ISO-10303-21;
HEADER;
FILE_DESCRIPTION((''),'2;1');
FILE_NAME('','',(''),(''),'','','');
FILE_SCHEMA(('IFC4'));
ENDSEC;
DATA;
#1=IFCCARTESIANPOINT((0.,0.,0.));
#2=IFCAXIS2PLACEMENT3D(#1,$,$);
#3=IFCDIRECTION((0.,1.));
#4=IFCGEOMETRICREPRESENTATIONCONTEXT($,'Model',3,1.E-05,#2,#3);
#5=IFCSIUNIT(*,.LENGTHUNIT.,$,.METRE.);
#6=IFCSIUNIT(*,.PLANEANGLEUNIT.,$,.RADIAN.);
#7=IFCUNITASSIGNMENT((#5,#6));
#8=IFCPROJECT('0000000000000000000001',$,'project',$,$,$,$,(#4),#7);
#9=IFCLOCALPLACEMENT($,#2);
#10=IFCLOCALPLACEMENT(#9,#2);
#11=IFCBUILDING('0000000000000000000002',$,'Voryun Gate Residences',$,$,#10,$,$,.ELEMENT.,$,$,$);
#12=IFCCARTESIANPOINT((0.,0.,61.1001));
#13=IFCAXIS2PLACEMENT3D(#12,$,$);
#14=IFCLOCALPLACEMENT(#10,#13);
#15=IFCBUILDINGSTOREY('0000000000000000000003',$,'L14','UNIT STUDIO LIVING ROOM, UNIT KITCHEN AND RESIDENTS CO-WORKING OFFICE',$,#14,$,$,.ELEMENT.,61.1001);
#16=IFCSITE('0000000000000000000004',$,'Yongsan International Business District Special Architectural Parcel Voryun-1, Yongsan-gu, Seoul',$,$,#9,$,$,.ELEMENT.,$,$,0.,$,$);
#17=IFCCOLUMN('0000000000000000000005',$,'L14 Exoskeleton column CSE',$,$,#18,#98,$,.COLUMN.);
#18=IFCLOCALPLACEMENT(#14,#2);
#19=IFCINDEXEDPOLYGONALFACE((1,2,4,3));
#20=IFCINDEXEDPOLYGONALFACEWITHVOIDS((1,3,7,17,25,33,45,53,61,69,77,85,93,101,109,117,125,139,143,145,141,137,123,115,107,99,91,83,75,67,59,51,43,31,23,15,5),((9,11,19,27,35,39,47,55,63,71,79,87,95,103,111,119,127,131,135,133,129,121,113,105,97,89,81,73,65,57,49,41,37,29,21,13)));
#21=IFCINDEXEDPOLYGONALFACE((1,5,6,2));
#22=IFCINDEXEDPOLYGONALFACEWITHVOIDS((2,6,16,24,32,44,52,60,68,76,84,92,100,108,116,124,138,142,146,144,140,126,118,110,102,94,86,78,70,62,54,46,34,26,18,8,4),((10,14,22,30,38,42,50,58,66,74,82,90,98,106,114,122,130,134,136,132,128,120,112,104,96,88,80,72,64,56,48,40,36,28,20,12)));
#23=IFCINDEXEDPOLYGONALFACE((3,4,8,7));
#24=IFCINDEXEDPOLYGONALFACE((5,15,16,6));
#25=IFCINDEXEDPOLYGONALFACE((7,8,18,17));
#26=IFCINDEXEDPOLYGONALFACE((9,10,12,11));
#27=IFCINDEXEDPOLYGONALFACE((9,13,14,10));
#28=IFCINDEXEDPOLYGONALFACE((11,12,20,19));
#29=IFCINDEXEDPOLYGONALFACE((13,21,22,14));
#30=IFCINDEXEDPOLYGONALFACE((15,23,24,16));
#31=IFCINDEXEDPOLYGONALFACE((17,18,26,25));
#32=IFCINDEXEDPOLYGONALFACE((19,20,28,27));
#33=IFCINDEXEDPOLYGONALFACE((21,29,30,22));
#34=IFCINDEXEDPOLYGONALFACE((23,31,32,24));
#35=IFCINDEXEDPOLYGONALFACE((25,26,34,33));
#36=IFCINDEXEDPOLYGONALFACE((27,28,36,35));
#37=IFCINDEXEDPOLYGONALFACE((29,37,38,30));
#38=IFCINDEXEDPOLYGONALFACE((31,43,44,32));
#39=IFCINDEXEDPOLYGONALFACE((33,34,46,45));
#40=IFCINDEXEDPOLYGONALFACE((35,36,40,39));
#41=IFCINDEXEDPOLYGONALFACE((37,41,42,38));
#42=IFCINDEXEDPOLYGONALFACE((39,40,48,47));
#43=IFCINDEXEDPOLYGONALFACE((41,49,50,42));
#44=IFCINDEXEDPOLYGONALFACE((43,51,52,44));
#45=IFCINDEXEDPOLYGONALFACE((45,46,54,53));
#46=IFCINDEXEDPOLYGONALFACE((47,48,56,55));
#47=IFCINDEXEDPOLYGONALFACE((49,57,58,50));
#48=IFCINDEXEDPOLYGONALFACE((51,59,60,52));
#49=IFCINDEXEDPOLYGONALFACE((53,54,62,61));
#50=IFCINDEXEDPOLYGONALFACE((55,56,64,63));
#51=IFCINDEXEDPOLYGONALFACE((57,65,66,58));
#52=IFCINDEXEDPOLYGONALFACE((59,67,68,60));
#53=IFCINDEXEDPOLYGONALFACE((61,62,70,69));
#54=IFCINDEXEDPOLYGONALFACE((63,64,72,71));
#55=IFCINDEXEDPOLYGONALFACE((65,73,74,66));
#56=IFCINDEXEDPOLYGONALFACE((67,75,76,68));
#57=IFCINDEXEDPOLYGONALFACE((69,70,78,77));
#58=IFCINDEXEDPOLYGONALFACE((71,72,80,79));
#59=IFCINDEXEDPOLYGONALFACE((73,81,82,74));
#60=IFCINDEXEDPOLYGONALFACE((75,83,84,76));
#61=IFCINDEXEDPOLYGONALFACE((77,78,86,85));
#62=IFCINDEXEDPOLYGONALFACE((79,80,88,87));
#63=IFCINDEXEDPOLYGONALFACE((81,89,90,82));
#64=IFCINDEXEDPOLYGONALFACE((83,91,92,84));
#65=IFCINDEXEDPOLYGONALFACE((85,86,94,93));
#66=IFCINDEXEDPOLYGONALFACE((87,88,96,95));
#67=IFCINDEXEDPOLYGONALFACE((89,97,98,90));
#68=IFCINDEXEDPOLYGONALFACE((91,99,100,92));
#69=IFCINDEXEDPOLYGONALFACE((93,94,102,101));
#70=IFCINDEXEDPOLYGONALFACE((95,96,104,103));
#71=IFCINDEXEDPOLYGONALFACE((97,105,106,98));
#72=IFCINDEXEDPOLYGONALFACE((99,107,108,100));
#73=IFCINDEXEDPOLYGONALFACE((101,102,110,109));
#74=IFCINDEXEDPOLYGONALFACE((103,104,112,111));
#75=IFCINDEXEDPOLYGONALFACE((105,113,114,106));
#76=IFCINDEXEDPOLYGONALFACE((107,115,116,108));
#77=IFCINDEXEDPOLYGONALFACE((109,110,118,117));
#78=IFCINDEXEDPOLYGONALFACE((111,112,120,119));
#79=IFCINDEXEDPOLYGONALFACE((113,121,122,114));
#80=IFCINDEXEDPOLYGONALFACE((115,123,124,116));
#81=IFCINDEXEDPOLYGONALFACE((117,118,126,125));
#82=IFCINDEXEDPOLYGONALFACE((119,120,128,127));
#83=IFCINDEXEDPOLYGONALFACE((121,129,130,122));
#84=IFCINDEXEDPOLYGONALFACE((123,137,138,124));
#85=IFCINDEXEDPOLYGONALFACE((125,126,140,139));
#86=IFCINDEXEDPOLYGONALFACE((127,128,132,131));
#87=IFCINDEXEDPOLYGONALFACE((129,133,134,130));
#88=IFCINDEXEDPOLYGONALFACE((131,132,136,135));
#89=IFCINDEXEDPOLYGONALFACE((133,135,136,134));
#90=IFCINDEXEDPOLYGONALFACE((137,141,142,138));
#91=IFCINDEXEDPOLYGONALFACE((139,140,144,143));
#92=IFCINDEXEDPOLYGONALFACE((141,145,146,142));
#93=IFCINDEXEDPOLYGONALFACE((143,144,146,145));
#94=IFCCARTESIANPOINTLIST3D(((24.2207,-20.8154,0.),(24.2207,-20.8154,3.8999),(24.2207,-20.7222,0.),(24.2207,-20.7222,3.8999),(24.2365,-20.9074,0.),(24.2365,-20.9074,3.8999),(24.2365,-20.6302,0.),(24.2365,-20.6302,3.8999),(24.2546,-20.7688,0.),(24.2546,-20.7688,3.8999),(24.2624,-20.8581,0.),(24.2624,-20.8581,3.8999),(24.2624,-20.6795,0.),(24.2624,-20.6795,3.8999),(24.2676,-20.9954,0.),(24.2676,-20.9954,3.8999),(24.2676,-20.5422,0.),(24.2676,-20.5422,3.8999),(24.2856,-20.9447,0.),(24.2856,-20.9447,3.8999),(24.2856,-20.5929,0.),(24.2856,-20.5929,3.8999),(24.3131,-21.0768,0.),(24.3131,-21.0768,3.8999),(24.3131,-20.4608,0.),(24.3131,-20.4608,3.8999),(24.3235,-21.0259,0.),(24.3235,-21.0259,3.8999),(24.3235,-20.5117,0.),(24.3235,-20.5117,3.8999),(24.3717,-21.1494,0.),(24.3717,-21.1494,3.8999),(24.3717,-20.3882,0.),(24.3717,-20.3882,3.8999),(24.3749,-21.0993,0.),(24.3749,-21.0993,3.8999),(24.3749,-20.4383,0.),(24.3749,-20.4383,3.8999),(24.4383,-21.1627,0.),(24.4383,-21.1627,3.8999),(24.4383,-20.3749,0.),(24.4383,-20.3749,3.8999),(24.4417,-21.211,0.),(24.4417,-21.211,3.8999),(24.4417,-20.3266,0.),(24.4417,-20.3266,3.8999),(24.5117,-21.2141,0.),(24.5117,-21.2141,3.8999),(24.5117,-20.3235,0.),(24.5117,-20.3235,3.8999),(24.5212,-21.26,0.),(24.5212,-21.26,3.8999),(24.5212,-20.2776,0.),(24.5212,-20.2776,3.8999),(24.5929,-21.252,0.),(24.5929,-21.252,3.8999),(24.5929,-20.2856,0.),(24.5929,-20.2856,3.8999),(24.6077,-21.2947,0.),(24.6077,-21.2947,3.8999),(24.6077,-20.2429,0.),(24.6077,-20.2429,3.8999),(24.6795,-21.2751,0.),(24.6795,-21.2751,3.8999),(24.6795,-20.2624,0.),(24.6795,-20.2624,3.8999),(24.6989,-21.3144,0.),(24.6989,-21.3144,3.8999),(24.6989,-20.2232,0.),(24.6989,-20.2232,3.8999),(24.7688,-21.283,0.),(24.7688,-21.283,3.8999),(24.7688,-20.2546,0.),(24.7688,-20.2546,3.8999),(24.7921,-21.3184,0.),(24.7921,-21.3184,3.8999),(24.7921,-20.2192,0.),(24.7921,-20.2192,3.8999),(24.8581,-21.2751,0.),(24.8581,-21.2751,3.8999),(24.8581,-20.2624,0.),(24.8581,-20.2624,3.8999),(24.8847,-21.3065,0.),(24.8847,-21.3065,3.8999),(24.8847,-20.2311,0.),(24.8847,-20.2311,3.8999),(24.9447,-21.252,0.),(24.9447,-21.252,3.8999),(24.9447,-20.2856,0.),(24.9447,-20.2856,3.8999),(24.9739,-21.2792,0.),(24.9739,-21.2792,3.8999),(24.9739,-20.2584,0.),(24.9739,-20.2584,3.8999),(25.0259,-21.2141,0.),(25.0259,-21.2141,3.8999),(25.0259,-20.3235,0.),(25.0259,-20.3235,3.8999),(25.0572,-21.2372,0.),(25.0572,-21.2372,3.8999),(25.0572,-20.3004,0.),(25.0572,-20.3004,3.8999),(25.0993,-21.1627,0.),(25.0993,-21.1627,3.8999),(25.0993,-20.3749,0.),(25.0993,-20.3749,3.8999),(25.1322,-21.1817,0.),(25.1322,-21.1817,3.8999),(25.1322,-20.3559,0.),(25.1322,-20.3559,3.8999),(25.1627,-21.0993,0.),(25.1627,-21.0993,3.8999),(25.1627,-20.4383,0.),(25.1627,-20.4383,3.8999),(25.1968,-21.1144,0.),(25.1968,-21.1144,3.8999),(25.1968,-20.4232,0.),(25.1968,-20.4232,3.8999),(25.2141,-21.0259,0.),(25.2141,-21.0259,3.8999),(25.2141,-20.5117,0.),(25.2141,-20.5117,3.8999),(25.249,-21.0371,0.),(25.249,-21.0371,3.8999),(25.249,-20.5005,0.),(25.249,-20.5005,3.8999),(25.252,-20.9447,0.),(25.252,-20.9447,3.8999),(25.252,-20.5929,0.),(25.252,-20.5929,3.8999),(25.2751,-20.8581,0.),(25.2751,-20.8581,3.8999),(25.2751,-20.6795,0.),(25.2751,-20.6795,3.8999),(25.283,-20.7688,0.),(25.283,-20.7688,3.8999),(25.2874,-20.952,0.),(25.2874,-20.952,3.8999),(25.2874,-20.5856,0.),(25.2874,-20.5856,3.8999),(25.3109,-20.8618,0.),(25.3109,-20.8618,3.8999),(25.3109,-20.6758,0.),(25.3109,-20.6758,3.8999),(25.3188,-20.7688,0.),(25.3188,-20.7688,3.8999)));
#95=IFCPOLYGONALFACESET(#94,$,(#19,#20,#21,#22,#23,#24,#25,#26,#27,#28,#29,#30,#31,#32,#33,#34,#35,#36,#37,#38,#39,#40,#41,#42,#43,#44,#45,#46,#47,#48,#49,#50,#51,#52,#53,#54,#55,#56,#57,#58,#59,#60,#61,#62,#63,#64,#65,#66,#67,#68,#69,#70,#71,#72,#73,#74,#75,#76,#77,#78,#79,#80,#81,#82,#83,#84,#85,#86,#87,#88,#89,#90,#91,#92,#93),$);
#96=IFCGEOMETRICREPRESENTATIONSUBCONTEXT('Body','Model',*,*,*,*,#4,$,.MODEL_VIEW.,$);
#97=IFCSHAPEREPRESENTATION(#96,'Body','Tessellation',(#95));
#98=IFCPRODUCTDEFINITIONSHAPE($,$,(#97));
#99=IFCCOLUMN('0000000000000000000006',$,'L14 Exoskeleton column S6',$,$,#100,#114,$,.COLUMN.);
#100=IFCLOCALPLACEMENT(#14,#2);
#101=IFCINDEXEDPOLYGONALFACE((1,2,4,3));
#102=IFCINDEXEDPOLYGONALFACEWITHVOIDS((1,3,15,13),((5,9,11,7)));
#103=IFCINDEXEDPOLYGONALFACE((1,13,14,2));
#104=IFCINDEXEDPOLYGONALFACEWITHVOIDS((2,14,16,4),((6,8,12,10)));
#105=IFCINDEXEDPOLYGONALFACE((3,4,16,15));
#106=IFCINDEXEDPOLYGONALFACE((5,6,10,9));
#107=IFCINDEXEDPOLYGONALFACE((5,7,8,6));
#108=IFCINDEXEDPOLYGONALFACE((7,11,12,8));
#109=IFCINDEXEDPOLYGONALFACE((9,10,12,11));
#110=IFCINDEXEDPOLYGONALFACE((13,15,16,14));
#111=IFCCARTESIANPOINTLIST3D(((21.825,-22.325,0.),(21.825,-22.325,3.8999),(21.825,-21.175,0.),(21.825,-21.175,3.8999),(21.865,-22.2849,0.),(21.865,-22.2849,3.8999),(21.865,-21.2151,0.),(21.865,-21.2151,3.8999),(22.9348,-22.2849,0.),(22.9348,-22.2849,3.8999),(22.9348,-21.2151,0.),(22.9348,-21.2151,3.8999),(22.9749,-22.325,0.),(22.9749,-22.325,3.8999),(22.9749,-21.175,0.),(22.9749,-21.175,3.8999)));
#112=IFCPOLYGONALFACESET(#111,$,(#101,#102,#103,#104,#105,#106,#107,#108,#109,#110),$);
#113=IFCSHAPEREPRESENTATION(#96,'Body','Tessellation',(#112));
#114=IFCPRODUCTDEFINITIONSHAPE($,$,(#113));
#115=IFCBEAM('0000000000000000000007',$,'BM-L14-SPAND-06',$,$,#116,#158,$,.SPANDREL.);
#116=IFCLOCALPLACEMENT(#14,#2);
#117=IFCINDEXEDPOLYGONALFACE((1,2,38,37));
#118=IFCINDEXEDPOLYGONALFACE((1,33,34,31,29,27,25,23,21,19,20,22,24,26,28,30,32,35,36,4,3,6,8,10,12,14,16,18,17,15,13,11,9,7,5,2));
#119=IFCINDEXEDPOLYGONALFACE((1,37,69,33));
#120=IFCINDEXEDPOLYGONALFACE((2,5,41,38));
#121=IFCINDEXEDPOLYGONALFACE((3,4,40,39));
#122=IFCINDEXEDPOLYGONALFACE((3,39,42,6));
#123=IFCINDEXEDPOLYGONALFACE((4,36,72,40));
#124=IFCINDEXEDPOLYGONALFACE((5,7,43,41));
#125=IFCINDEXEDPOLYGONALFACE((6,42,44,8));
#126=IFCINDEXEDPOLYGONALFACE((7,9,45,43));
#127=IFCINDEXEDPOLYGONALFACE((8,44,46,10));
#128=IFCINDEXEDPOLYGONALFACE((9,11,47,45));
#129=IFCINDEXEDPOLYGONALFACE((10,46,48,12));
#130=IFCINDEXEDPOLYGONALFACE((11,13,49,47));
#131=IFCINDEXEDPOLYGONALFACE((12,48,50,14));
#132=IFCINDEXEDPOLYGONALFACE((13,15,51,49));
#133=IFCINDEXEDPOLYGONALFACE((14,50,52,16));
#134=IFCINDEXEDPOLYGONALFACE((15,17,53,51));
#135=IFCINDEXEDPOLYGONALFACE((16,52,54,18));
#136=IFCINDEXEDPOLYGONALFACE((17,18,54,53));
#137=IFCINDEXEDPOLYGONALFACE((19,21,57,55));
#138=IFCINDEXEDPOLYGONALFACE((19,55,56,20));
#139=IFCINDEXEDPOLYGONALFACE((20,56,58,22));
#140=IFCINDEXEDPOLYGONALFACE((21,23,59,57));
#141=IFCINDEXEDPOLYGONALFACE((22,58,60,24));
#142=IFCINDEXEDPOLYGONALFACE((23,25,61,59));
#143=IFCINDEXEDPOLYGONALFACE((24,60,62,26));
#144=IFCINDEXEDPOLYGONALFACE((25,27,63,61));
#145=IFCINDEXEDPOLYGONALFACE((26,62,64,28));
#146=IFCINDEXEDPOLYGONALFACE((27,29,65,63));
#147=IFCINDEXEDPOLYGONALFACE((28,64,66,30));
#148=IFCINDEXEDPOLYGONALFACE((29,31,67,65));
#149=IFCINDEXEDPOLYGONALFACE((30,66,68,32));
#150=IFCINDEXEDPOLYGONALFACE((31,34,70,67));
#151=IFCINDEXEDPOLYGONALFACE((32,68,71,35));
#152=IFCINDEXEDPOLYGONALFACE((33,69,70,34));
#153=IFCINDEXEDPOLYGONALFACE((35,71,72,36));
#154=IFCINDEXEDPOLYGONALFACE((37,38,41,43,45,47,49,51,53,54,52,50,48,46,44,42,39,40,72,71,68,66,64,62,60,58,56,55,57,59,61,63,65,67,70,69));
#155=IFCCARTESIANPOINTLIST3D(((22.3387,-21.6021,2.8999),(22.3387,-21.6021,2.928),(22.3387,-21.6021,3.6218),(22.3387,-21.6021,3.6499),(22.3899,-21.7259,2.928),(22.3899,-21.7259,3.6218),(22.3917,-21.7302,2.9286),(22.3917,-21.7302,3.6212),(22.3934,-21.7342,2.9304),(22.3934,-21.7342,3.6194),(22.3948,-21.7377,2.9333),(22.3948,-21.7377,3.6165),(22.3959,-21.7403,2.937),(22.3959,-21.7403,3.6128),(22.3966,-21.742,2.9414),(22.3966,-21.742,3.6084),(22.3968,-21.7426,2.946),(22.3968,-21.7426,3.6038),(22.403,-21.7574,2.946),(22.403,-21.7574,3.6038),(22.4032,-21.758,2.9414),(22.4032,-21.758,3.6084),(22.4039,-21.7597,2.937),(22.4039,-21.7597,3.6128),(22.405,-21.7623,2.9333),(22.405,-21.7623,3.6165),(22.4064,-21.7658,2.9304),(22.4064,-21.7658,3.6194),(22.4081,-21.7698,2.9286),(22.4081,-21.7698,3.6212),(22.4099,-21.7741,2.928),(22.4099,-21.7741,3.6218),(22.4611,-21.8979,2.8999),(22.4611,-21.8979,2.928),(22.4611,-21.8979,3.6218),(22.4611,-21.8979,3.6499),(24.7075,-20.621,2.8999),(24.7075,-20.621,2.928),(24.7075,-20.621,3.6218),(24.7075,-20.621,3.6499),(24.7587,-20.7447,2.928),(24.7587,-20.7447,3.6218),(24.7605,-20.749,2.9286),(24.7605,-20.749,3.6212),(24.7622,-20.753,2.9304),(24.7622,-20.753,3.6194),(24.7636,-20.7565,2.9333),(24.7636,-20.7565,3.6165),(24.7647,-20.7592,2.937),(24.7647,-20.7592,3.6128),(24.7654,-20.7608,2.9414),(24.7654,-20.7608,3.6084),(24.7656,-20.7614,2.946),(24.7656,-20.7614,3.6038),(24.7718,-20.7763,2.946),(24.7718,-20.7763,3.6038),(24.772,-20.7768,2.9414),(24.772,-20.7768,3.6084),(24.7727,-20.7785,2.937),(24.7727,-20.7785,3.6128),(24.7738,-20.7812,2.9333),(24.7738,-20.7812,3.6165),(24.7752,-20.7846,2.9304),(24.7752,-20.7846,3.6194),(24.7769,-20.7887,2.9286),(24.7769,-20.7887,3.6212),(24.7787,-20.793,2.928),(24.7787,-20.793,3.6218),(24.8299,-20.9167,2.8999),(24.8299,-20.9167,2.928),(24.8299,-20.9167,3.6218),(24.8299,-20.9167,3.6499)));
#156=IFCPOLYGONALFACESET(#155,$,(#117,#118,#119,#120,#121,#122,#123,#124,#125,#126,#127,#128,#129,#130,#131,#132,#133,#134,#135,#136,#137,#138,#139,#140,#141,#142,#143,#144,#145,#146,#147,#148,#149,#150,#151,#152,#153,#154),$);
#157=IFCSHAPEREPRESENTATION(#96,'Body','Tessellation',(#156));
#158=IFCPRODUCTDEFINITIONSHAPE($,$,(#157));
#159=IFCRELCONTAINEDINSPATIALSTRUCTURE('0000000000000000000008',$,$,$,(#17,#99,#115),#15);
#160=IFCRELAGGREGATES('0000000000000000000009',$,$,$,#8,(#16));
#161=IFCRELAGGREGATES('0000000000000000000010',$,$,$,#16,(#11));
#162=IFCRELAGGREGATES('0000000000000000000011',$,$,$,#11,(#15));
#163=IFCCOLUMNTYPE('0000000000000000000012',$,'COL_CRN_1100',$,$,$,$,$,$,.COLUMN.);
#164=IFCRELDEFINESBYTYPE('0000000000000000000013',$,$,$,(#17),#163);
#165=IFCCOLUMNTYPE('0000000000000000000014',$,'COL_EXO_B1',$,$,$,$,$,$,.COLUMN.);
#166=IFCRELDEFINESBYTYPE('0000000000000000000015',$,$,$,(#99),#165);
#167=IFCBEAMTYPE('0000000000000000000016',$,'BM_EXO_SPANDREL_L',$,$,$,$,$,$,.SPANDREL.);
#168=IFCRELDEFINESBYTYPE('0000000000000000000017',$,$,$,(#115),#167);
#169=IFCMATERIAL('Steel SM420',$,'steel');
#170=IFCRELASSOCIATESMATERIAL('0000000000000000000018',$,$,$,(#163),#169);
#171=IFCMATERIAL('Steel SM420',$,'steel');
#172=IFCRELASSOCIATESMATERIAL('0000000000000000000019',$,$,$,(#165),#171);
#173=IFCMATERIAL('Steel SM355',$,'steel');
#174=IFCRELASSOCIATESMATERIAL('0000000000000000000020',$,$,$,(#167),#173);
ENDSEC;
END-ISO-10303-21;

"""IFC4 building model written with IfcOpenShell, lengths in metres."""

from ifc_helpers import new_model, si_unit, direction, frame, origin, origin_2d, place, context, subcontext, project, spatial, hollow_rectangle, hollow_circle, i_section, extrude, material, material_profile, profile_set, type_object, element, save


model = new_model("IFC4")

# Units and contexts
model_context = context("Model", 3, precision=1e-05, world=origin(), true_north=direction((0.0, 1.0)))
body_context = subcontext(model_context, "Body", "Model", "MODEL_VIEW")
ifc_project = project(units=[si_unit("LENGTHUNIT", "METRE"), si_unit("PLANEANGLEUNIT", "RADIAN")], contexts=[model_context])

# Site, building, storey
site_placement = place(None, origin())
site = spatial("IfcSite", under=ifc_project, at=site_placement, Name="Yongsan International Business District Special Architectural Parcel Voryun-1, Yongsan-gu, Seoul", CompositionType="ELEMENT", RefElevation=0.0)
building_placement = place(site_placement, origin())
building = spatial("IfcBuilding", under=site, at=building_placement, Name="Voryun Gate Residences", CompositionType="ELEMENT")
storey_placement = place(building_placement, frame((0.0, 0.0, 61.1001)))
storey = spatial("IfcBuildingStorey", under=building, at=storey_placement, Name="L14", Description="UNIT STUDIO LIVING ROOM, UNIT KITCHEN AND RESIDENTS CO-WORKING OFFICE", CompositionType="ELEMENT", Elevation=61.1001)

# Columns
ifc_material_1 = material(Name="Steel SM420", Category="steel")
ifc_material_profile_1 = material_profile(ifc_material_1, hollow_circle(Radius=0.55, WallThickness=0.0359, at=origin_2d()), Name="CHS-1100x36")
ifc_profile_set_1 = profile_set([ifc_material_profile_1], Name="Steel SM420")
column_type_1 = type_object("IfcColumnType", Name="COL_CRN_1100", PredefinedType="COLUMN", material=ifc_profile_set_1)
column_1_placement = place(storey_placement, frame((24.7688, -20.7688, 0.0), z_axis=(0.0, 0.0, 1.0), x_axis=(1.0, 0.0, 0.0)))
element("IfcColumn", 1, at=column_1_placement, inside=storey, type_object=column_type_1, Name="L14 Exoskeleton column CSE", PredefinedType="COLUMN", context=body_context, shape_type="SweptSolid", body=[
    extrude(hollow_circle(Radius=0.55, WallThickness=0.0359, at=origin_2d()), origin(), (0.0, 0.0, 1.0), 3.8999),
])
ifc_material_2 = material(Name="Steel SM420", Category="steel")
ifc_material_profile_2 = material_profile(ifc_material_2, hollow_rectangle(XDim=1.1499, YDim=1.1499, WallThickness=0.04, at=origin_2d()), Name="BOX-1150x1150x40")
ifc_profile_set_2 = profile_set([ifc_material_profile_2], Name="Steel SM420")
column_type_2 = type_object("IfcColumnType", Name="COL_EXO_B1", PredefinedType="COLUMN", material=ifc_profile_set_2)
column_2_placement = place(storey_placement, frame((22.3999, -21.75, 0.0), z_axis=(0.0, 0.0, 1.0), x_axis=(1.0, 0.0, 0.0)))
element("IfcColumn", 2, at=column_2_placement, inside=storey, type_object=column_type_2, Name="L14 Exoskeleton column S6", PredefinedType="COLUMN", context=body_context, shape_type="SweptSolid", body=[
    extrude(hollow_rectangle(XDim=1.1499, YDim=1.1499, WallThickness=0.04, at=origin_2d()), origin(), (0.0, 0.0, 1.0), 3.8999),
])

# Beam
ifc_material_3 = material(Name="Steel SM355", Category="steel")
ifc_material_profile_3 = material_profile(ifc_material_3, i_section(OverallWidth=0.3201, OverallDepth=0.75, WebThickness=0.0161, FlangeThickness=0.0281, FilletRadius=0.0181, at=origin_2d()), Name="H-750x320x16x28")
ifc_profile_set_3 = profile_set([ifc_material_profile_3], Name="Steel SM355")
beam_type = type_object("IfcBeamType", Name="BM_EXO_SPANDREL_L", PredefinedType="SPANDREL", material=ifc_profile_set_3)
beam_1_placement = place(storey_placement, frame((22.3999, -21.75, 3.2749), z_axis=(0.923883, 0.382674, 0.0), x_axis=(-0.382674, 0.923883, 0.0)))
element("IfcBeam", 3, at=beam_1_placement, inside=storey, type_object=beam_type, Name="BM-L14-SPAND-06", PredefinedType="SPANDREL", context=body_context, shape_type="SweptSolid", body=[
    extrude(i_section(OverallWidth=0.3201, OverallDepth=0.75, WebThickness=0.0161, FlangeThickness=0.0281, FilletRadius=0.0181, at=origin_2d()), origin(), (0.0, 0.0, 1.0), 2.564),
])

save(model, "model.ifc")
